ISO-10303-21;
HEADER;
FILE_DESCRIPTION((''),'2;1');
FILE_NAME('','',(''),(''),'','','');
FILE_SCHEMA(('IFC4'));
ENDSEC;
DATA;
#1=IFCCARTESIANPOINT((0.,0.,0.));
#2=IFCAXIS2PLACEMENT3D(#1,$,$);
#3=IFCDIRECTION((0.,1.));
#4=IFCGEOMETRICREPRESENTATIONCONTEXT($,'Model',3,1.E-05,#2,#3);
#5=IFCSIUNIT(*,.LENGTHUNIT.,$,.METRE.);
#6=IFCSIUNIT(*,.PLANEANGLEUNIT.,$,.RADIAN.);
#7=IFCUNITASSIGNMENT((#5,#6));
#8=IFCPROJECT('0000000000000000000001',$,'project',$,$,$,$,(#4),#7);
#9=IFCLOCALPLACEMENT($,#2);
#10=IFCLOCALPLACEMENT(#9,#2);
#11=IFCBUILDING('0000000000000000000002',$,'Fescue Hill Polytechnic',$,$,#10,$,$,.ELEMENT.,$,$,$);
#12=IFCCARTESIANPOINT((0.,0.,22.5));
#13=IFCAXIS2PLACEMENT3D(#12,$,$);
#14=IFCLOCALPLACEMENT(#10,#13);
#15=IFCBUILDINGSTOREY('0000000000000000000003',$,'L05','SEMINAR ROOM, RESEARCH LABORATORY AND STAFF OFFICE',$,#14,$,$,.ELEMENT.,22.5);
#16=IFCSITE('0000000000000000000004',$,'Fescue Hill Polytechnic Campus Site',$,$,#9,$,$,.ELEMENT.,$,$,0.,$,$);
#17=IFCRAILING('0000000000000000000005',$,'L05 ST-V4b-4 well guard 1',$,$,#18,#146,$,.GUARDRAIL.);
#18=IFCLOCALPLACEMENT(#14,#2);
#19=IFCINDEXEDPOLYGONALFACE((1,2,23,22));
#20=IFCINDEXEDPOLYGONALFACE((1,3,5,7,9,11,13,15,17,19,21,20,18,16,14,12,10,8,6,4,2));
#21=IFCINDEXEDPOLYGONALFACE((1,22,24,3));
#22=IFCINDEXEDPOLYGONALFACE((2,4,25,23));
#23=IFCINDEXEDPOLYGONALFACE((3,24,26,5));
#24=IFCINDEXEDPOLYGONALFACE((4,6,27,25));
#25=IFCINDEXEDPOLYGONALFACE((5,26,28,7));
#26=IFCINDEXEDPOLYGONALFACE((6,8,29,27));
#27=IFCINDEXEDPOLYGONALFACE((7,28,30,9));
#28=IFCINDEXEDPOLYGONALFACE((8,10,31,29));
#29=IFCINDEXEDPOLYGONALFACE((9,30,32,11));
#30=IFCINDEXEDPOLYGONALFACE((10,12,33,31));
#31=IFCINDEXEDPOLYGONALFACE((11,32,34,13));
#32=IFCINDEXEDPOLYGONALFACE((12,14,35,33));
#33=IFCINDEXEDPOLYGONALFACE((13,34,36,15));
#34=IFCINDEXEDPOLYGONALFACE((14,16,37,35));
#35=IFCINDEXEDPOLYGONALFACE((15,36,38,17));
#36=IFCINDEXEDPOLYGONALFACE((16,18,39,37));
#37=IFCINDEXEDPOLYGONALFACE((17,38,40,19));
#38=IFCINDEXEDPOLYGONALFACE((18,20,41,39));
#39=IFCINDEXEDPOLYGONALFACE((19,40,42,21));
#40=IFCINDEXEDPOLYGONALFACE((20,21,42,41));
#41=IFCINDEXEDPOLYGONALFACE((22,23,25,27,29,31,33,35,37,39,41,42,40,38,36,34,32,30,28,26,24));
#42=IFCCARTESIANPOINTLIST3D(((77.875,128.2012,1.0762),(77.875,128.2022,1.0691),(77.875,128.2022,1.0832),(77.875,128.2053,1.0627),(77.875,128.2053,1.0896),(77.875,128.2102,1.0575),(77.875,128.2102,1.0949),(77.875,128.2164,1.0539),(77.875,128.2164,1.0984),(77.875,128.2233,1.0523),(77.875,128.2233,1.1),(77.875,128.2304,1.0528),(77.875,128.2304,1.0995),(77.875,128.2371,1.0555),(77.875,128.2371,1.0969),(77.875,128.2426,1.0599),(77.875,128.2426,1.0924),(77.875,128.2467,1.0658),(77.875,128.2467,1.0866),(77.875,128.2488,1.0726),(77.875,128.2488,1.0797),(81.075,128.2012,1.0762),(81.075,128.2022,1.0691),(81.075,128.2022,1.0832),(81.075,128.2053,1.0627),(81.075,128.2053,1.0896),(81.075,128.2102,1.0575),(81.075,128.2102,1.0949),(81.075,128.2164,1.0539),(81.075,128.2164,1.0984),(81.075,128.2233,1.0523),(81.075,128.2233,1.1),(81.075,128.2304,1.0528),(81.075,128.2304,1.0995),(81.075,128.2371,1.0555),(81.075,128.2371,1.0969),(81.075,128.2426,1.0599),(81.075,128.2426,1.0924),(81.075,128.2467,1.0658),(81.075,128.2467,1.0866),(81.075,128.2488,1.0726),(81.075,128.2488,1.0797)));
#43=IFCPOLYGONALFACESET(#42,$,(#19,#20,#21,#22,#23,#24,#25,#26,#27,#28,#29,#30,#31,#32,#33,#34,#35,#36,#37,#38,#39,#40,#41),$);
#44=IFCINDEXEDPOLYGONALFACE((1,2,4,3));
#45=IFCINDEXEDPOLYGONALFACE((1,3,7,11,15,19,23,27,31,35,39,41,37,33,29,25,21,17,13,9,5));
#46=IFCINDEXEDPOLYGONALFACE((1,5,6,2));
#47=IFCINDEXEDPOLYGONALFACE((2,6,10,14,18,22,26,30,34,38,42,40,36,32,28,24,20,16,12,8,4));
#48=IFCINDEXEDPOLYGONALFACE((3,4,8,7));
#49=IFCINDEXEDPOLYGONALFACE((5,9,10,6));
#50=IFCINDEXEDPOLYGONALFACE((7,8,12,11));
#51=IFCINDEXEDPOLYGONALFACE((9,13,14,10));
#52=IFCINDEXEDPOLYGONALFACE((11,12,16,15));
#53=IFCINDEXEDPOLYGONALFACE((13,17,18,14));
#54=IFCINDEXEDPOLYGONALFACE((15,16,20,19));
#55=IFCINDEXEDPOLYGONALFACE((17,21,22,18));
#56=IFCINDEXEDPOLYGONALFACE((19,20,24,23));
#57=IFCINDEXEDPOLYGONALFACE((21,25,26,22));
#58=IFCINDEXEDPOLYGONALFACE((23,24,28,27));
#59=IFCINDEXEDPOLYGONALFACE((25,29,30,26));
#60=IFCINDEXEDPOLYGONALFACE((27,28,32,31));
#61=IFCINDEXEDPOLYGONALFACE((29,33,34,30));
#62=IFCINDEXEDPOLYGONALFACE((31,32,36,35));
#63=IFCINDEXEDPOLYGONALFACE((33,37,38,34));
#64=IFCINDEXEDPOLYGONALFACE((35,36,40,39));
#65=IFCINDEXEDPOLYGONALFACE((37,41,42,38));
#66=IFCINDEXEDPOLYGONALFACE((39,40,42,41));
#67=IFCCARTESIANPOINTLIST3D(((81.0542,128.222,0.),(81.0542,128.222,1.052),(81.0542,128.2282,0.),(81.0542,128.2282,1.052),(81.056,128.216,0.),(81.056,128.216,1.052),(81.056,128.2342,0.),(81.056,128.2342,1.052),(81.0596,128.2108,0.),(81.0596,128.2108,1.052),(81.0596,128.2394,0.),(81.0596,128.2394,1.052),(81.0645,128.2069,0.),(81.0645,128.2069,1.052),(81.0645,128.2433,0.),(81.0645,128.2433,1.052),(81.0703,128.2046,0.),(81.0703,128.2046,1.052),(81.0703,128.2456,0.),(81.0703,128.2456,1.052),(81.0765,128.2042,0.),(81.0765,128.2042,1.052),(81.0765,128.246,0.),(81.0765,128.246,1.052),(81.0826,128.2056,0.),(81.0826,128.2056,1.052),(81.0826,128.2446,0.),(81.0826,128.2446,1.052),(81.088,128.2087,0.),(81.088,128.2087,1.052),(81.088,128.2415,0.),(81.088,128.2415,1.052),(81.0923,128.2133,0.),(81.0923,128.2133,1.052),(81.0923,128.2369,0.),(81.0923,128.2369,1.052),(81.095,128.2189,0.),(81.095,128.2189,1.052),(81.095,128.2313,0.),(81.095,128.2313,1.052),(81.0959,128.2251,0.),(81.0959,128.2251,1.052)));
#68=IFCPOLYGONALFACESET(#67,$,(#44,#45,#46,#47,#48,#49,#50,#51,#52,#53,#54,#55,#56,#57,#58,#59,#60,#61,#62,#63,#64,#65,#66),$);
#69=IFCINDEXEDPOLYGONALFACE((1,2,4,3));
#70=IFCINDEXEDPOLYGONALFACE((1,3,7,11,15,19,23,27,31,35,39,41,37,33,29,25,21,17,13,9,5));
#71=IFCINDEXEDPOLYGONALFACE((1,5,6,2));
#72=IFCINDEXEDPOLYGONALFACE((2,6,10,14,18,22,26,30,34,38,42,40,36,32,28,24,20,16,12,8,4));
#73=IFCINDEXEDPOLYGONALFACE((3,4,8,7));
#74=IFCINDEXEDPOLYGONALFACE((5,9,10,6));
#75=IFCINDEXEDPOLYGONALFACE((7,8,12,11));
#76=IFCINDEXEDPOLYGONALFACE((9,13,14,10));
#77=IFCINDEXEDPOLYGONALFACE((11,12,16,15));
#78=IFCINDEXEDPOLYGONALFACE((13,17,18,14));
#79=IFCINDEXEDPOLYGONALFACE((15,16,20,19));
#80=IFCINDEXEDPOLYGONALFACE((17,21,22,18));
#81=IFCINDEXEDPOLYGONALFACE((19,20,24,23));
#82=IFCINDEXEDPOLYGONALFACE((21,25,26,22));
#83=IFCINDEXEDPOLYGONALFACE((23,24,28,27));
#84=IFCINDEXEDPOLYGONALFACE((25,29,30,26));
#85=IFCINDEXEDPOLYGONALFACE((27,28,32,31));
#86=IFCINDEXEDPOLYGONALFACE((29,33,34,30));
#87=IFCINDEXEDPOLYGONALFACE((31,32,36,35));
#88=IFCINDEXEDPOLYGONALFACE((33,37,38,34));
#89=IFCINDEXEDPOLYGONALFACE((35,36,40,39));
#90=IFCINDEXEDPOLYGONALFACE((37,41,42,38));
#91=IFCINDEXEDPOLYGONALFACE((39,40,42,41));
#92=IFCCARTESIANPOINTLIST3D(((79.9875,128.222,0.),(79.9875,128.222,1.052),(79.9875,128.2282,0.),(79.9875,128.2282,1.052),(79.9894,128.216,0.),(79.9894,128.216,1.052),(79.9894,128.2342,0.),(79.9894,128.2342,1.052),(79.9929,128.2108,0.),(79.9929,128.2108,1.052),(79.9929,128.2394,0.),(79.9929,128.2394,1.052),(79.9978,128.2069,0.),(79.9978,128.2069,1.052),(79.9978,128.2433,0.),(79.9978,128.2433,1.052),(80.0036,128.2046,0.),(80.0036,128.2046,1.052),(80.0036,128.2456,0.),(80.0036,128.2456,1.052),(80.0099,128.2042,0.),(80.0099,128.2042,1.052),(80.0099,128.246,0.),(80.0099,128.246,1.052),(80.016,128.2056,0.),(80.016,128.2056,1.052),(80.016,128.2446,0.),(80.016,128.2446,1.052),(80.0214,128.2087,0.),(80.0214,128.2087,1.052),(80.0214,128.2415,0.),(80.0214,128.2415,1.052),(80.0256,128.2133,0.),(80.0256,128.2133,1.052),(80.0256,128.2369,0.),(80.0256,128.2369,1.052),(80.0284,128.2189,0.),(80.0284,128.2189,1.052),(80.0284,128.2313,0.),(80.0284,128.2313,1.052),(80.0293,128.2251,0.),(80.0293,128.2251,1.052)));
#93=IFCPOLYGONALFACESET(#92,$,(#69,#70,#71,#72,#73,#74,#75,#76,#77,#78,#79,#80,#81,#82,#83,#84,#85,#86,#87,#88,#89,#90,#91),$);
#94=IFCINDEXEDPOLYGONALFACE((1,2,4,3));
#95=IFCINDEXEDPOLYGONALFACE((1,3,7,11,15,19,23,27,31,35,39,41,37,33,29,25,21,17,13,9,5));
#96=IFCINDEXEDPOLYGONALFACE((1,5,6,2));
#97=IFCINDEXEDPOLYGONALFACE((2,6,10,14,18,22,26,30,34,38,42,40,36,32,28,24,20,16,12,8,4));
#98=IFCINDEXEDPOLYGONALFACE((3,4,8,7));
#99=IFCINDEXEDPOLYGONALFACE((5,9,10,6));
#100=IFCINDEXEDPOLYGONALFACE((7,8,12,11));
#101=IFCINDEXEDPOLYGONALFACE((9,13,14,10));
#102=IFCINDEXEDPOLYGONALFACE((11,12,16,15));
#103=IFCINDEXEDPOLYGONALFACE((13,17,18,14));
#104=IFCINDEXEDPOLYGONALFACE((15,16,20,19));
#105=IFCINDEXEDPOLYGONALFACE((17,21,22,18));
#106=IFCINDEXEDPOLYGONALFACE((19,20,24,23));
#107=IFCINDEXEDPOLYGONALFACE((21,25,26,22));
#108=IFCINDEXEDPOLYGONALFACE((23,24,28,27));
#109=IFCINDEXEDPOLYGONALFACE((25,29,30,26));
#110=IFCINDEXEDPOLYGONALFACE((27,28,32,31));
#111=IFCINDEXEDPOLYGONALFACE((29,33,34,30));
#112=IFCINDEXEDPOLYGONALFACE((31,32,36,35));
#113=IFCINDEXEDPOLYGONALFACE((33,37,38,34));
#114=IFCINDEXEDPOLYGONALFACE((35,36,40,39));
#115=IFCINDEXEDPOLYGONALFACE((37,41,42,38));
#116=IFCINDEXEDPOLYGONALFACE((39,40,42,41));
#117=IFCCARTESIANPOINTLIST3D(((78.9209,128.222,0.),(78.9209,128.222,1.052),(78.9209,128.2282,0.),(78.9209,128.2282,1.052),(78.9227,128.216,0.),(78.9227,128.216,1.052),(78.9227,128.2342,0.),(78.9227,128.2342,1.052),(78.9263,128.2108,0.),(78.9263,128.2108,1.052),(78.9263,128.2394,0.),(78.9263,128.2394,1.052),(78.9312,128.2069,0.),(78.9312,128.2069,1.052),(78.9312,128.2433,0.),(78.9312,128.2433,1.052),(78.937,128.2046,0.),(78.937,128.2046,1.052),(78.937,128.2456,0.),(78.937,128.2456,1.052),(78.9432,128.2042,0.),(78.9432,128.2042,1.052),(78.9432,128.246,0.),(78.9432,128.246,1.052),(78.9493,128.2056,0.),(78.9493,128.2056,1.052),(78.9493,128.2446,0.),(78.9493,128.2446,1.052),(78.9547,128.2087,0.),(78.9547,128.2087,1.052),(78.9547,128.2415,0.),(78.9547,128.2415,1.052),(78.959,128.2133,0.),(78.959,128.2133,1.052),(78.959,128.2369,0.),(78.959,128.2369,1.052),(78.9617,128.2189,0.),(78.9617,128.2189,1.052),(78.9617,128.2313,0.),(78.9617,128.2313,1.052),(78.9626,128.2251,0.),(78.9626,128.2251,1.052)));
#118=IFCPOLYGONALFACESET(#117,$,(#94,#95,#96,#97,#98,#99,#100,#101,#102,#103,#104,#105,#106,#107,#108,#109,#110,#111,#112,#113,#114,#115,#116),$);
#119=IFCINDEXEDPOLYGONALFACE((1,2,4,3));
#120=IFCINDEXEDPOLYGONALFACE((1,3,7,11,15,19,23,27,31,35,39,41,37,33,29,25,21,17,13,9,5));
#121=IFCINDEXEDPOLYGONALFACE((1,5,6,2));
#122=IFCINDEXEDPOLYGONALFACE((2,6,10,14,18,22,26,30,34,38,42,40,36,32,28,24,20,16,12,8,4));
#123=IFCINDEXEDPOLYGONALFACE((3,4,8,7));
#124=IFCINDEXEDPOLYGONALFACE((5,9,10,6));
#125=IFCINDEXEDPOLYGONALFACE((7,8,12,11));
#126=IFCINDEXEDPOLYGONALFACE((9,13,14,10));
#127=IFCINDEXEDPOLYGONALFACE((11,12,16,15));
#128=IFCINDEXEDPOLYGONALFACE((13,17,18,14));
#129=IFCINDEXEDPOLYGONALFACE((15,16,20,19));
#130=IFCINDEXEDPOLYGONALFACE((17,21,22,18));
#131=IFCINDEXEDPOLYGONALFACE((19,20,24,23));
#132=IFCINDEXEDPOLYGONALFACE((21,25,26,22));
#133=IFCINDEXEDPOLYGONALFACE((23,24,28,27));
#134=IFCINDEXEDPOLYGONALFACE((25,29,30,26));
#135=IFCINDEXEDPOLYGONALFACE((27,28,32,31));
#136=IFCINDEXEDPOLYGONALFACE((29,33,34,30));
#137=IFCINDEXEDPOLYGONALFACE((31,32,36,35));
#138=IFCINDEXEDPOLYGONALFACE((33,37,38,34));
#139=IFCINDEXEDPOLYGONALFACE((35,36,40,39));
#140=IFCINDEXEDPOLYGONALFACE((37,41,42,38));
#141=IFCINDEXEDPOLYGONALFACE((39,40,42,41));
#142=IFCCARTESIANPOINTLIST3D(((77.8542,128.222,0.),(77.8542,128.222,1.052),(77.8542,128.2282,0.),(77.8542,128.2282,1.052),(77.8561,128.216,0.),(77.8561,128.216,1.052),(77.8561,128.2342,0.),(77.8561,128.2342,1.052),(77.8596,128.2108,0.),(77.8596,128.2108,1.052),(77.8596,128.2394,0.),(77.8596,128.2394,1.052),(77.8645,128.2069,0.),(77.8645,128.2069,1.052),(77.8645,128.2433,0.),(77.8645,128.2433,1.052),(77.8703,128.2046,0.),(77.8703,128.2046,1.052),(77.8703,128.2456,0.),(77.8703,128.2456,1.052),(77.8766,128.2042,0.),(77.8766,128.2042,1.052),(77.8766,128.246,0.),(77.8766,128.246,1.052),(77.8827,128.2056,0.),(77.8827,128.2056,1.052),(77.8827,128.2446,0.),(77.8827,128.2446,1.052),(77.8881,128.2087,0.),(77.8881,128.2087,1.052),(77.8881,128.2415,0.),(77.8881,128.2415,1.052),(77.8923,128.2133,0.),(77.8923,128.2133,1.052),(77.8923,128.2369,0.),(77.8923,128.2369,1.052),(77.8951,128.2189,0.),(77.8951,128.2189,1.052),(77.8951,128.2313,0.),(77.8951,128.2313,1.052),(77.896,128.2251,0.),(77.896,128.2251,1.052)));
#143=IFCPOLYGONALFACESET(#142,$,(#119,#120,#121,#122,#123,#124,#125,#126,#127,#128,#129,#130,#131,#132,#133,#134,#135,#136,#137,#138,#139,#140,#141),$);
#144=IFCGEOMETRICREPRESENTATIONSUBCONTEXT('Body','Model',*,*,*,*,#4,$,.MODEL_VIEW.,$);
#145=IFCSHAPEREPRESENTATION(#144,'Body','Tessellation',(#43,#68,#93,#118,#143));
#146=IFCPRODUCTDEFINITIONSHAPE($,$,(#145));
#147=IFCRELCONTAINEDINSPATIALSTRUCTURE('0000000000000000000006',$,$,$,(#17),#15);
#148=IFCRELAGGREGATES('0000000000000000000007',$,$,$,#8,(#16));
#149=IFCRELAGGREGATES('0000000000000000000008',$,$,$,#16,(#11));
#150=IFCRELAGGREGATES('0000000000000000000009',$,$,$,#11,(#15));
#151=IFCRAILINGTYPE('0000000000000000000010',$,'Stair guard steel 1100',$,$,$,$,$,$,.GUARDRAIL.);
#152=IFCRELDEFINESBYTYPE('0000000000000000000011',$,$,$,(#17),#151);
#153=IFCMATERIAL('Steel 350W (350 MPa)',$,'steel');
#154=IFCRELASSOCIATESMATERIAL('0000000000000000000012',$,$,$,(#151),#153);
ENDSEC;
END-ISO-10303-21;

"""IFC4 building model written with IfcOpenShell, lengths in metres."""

from ifc_helpers import new_model, si_unit, direction, frame, origin, origin_2d, place, context, subcontext, project, spatial, circle, extrude, material, type_object, element, save


model = new_model("IFC4")

# Units and contexts
model_context = context("Model", 3, precision=1e-05, world=origin(), true_north=direction((0.0, 1.0)))
body_context = subcontext(model_context, "Body", "Model", "MODEL_VIEW")
ifc_project = project(units=[si_unit("LENGTHUNIT", "METRE"), si_unit("PLANEANGLEUNIT", "RADIAN")], contexts=[model_context])

# Site, building, storey
site_placement = place(None, origin())
site = spatial("IfcSite", under=ifc_project, at=site_placement, Name="Fescue Hill Polytechnic Campus Site", CompositionType="ELEMENT", RefElevation=0.0)
building_placement = place(site_placement, origin())
building = spatial("IfcBuilding", under=site, at=building_placement, Name="Fescue Hill Polytechnic", CompositionType="ELEMENT")
storey_placement = place(building_placement, frame((0.0, 0.0, 22.5)))
storey = spatial("IfcBuildingStorey", under=building, at=storey_placement, Name="L05", Description="SEMINAR ROOM, RESEARCH LABORATORY AND STAFF OFFICE", CompositionType="ELEMENT", Elevation=22.5)

# Railing
ifc_material_1 = material(Name="Steel 350W (350 MPa)", Category="steel")
railing_type = type_object("IfcRailingType", Name="Stair guard steel 1100", PredefinedType="GUARDRAIL", material=ifc_material_1)
railing_placement = place(storey_placement, frame((81.075, 128.2251, 0.0)))
element("IfcRailing", 1, at=railing_placement, inside=storey, type_object=railing_type, Name="L05 ST-V4b-4 well guard 1", PredefinedType="GUARDRAIL", context=body_context, shape_type="SweptSolid", body=[
    extrude(circle(Radius=0.0239, at=origin_2d()), frame((0.0, 0.0, 1.0762), z_axis=(-1.0, 0.0, 0.0), x_axis=(0.0, -1.0, 0.0)), (0.0, 0.0, 1.0), 3.2),
    extrude(circle(Radius=0.021, at=origin_2d()), origin(), (0.0, 0.0, 1.0), 1.052),
    extrude(circle(Radius=0.021, at=origin_2d()), frame((-1.0667, 0.0, 0.0)), (0.0, 0.0, 1.0), 1.052),
    extrude(circle(Radius=0.021, at=origin_2d()), frame((-2.1333, 0.0, 0.0)), (0.0, 0.0, 1.0), 1.052),
    extrude(circle(Radius=0.021, at=origin_2d()), frame((-3.2, 0.0, 0.0)), (0.0, 0.0, 1.0), 1.052),
])

save(model, "model.ifc")
